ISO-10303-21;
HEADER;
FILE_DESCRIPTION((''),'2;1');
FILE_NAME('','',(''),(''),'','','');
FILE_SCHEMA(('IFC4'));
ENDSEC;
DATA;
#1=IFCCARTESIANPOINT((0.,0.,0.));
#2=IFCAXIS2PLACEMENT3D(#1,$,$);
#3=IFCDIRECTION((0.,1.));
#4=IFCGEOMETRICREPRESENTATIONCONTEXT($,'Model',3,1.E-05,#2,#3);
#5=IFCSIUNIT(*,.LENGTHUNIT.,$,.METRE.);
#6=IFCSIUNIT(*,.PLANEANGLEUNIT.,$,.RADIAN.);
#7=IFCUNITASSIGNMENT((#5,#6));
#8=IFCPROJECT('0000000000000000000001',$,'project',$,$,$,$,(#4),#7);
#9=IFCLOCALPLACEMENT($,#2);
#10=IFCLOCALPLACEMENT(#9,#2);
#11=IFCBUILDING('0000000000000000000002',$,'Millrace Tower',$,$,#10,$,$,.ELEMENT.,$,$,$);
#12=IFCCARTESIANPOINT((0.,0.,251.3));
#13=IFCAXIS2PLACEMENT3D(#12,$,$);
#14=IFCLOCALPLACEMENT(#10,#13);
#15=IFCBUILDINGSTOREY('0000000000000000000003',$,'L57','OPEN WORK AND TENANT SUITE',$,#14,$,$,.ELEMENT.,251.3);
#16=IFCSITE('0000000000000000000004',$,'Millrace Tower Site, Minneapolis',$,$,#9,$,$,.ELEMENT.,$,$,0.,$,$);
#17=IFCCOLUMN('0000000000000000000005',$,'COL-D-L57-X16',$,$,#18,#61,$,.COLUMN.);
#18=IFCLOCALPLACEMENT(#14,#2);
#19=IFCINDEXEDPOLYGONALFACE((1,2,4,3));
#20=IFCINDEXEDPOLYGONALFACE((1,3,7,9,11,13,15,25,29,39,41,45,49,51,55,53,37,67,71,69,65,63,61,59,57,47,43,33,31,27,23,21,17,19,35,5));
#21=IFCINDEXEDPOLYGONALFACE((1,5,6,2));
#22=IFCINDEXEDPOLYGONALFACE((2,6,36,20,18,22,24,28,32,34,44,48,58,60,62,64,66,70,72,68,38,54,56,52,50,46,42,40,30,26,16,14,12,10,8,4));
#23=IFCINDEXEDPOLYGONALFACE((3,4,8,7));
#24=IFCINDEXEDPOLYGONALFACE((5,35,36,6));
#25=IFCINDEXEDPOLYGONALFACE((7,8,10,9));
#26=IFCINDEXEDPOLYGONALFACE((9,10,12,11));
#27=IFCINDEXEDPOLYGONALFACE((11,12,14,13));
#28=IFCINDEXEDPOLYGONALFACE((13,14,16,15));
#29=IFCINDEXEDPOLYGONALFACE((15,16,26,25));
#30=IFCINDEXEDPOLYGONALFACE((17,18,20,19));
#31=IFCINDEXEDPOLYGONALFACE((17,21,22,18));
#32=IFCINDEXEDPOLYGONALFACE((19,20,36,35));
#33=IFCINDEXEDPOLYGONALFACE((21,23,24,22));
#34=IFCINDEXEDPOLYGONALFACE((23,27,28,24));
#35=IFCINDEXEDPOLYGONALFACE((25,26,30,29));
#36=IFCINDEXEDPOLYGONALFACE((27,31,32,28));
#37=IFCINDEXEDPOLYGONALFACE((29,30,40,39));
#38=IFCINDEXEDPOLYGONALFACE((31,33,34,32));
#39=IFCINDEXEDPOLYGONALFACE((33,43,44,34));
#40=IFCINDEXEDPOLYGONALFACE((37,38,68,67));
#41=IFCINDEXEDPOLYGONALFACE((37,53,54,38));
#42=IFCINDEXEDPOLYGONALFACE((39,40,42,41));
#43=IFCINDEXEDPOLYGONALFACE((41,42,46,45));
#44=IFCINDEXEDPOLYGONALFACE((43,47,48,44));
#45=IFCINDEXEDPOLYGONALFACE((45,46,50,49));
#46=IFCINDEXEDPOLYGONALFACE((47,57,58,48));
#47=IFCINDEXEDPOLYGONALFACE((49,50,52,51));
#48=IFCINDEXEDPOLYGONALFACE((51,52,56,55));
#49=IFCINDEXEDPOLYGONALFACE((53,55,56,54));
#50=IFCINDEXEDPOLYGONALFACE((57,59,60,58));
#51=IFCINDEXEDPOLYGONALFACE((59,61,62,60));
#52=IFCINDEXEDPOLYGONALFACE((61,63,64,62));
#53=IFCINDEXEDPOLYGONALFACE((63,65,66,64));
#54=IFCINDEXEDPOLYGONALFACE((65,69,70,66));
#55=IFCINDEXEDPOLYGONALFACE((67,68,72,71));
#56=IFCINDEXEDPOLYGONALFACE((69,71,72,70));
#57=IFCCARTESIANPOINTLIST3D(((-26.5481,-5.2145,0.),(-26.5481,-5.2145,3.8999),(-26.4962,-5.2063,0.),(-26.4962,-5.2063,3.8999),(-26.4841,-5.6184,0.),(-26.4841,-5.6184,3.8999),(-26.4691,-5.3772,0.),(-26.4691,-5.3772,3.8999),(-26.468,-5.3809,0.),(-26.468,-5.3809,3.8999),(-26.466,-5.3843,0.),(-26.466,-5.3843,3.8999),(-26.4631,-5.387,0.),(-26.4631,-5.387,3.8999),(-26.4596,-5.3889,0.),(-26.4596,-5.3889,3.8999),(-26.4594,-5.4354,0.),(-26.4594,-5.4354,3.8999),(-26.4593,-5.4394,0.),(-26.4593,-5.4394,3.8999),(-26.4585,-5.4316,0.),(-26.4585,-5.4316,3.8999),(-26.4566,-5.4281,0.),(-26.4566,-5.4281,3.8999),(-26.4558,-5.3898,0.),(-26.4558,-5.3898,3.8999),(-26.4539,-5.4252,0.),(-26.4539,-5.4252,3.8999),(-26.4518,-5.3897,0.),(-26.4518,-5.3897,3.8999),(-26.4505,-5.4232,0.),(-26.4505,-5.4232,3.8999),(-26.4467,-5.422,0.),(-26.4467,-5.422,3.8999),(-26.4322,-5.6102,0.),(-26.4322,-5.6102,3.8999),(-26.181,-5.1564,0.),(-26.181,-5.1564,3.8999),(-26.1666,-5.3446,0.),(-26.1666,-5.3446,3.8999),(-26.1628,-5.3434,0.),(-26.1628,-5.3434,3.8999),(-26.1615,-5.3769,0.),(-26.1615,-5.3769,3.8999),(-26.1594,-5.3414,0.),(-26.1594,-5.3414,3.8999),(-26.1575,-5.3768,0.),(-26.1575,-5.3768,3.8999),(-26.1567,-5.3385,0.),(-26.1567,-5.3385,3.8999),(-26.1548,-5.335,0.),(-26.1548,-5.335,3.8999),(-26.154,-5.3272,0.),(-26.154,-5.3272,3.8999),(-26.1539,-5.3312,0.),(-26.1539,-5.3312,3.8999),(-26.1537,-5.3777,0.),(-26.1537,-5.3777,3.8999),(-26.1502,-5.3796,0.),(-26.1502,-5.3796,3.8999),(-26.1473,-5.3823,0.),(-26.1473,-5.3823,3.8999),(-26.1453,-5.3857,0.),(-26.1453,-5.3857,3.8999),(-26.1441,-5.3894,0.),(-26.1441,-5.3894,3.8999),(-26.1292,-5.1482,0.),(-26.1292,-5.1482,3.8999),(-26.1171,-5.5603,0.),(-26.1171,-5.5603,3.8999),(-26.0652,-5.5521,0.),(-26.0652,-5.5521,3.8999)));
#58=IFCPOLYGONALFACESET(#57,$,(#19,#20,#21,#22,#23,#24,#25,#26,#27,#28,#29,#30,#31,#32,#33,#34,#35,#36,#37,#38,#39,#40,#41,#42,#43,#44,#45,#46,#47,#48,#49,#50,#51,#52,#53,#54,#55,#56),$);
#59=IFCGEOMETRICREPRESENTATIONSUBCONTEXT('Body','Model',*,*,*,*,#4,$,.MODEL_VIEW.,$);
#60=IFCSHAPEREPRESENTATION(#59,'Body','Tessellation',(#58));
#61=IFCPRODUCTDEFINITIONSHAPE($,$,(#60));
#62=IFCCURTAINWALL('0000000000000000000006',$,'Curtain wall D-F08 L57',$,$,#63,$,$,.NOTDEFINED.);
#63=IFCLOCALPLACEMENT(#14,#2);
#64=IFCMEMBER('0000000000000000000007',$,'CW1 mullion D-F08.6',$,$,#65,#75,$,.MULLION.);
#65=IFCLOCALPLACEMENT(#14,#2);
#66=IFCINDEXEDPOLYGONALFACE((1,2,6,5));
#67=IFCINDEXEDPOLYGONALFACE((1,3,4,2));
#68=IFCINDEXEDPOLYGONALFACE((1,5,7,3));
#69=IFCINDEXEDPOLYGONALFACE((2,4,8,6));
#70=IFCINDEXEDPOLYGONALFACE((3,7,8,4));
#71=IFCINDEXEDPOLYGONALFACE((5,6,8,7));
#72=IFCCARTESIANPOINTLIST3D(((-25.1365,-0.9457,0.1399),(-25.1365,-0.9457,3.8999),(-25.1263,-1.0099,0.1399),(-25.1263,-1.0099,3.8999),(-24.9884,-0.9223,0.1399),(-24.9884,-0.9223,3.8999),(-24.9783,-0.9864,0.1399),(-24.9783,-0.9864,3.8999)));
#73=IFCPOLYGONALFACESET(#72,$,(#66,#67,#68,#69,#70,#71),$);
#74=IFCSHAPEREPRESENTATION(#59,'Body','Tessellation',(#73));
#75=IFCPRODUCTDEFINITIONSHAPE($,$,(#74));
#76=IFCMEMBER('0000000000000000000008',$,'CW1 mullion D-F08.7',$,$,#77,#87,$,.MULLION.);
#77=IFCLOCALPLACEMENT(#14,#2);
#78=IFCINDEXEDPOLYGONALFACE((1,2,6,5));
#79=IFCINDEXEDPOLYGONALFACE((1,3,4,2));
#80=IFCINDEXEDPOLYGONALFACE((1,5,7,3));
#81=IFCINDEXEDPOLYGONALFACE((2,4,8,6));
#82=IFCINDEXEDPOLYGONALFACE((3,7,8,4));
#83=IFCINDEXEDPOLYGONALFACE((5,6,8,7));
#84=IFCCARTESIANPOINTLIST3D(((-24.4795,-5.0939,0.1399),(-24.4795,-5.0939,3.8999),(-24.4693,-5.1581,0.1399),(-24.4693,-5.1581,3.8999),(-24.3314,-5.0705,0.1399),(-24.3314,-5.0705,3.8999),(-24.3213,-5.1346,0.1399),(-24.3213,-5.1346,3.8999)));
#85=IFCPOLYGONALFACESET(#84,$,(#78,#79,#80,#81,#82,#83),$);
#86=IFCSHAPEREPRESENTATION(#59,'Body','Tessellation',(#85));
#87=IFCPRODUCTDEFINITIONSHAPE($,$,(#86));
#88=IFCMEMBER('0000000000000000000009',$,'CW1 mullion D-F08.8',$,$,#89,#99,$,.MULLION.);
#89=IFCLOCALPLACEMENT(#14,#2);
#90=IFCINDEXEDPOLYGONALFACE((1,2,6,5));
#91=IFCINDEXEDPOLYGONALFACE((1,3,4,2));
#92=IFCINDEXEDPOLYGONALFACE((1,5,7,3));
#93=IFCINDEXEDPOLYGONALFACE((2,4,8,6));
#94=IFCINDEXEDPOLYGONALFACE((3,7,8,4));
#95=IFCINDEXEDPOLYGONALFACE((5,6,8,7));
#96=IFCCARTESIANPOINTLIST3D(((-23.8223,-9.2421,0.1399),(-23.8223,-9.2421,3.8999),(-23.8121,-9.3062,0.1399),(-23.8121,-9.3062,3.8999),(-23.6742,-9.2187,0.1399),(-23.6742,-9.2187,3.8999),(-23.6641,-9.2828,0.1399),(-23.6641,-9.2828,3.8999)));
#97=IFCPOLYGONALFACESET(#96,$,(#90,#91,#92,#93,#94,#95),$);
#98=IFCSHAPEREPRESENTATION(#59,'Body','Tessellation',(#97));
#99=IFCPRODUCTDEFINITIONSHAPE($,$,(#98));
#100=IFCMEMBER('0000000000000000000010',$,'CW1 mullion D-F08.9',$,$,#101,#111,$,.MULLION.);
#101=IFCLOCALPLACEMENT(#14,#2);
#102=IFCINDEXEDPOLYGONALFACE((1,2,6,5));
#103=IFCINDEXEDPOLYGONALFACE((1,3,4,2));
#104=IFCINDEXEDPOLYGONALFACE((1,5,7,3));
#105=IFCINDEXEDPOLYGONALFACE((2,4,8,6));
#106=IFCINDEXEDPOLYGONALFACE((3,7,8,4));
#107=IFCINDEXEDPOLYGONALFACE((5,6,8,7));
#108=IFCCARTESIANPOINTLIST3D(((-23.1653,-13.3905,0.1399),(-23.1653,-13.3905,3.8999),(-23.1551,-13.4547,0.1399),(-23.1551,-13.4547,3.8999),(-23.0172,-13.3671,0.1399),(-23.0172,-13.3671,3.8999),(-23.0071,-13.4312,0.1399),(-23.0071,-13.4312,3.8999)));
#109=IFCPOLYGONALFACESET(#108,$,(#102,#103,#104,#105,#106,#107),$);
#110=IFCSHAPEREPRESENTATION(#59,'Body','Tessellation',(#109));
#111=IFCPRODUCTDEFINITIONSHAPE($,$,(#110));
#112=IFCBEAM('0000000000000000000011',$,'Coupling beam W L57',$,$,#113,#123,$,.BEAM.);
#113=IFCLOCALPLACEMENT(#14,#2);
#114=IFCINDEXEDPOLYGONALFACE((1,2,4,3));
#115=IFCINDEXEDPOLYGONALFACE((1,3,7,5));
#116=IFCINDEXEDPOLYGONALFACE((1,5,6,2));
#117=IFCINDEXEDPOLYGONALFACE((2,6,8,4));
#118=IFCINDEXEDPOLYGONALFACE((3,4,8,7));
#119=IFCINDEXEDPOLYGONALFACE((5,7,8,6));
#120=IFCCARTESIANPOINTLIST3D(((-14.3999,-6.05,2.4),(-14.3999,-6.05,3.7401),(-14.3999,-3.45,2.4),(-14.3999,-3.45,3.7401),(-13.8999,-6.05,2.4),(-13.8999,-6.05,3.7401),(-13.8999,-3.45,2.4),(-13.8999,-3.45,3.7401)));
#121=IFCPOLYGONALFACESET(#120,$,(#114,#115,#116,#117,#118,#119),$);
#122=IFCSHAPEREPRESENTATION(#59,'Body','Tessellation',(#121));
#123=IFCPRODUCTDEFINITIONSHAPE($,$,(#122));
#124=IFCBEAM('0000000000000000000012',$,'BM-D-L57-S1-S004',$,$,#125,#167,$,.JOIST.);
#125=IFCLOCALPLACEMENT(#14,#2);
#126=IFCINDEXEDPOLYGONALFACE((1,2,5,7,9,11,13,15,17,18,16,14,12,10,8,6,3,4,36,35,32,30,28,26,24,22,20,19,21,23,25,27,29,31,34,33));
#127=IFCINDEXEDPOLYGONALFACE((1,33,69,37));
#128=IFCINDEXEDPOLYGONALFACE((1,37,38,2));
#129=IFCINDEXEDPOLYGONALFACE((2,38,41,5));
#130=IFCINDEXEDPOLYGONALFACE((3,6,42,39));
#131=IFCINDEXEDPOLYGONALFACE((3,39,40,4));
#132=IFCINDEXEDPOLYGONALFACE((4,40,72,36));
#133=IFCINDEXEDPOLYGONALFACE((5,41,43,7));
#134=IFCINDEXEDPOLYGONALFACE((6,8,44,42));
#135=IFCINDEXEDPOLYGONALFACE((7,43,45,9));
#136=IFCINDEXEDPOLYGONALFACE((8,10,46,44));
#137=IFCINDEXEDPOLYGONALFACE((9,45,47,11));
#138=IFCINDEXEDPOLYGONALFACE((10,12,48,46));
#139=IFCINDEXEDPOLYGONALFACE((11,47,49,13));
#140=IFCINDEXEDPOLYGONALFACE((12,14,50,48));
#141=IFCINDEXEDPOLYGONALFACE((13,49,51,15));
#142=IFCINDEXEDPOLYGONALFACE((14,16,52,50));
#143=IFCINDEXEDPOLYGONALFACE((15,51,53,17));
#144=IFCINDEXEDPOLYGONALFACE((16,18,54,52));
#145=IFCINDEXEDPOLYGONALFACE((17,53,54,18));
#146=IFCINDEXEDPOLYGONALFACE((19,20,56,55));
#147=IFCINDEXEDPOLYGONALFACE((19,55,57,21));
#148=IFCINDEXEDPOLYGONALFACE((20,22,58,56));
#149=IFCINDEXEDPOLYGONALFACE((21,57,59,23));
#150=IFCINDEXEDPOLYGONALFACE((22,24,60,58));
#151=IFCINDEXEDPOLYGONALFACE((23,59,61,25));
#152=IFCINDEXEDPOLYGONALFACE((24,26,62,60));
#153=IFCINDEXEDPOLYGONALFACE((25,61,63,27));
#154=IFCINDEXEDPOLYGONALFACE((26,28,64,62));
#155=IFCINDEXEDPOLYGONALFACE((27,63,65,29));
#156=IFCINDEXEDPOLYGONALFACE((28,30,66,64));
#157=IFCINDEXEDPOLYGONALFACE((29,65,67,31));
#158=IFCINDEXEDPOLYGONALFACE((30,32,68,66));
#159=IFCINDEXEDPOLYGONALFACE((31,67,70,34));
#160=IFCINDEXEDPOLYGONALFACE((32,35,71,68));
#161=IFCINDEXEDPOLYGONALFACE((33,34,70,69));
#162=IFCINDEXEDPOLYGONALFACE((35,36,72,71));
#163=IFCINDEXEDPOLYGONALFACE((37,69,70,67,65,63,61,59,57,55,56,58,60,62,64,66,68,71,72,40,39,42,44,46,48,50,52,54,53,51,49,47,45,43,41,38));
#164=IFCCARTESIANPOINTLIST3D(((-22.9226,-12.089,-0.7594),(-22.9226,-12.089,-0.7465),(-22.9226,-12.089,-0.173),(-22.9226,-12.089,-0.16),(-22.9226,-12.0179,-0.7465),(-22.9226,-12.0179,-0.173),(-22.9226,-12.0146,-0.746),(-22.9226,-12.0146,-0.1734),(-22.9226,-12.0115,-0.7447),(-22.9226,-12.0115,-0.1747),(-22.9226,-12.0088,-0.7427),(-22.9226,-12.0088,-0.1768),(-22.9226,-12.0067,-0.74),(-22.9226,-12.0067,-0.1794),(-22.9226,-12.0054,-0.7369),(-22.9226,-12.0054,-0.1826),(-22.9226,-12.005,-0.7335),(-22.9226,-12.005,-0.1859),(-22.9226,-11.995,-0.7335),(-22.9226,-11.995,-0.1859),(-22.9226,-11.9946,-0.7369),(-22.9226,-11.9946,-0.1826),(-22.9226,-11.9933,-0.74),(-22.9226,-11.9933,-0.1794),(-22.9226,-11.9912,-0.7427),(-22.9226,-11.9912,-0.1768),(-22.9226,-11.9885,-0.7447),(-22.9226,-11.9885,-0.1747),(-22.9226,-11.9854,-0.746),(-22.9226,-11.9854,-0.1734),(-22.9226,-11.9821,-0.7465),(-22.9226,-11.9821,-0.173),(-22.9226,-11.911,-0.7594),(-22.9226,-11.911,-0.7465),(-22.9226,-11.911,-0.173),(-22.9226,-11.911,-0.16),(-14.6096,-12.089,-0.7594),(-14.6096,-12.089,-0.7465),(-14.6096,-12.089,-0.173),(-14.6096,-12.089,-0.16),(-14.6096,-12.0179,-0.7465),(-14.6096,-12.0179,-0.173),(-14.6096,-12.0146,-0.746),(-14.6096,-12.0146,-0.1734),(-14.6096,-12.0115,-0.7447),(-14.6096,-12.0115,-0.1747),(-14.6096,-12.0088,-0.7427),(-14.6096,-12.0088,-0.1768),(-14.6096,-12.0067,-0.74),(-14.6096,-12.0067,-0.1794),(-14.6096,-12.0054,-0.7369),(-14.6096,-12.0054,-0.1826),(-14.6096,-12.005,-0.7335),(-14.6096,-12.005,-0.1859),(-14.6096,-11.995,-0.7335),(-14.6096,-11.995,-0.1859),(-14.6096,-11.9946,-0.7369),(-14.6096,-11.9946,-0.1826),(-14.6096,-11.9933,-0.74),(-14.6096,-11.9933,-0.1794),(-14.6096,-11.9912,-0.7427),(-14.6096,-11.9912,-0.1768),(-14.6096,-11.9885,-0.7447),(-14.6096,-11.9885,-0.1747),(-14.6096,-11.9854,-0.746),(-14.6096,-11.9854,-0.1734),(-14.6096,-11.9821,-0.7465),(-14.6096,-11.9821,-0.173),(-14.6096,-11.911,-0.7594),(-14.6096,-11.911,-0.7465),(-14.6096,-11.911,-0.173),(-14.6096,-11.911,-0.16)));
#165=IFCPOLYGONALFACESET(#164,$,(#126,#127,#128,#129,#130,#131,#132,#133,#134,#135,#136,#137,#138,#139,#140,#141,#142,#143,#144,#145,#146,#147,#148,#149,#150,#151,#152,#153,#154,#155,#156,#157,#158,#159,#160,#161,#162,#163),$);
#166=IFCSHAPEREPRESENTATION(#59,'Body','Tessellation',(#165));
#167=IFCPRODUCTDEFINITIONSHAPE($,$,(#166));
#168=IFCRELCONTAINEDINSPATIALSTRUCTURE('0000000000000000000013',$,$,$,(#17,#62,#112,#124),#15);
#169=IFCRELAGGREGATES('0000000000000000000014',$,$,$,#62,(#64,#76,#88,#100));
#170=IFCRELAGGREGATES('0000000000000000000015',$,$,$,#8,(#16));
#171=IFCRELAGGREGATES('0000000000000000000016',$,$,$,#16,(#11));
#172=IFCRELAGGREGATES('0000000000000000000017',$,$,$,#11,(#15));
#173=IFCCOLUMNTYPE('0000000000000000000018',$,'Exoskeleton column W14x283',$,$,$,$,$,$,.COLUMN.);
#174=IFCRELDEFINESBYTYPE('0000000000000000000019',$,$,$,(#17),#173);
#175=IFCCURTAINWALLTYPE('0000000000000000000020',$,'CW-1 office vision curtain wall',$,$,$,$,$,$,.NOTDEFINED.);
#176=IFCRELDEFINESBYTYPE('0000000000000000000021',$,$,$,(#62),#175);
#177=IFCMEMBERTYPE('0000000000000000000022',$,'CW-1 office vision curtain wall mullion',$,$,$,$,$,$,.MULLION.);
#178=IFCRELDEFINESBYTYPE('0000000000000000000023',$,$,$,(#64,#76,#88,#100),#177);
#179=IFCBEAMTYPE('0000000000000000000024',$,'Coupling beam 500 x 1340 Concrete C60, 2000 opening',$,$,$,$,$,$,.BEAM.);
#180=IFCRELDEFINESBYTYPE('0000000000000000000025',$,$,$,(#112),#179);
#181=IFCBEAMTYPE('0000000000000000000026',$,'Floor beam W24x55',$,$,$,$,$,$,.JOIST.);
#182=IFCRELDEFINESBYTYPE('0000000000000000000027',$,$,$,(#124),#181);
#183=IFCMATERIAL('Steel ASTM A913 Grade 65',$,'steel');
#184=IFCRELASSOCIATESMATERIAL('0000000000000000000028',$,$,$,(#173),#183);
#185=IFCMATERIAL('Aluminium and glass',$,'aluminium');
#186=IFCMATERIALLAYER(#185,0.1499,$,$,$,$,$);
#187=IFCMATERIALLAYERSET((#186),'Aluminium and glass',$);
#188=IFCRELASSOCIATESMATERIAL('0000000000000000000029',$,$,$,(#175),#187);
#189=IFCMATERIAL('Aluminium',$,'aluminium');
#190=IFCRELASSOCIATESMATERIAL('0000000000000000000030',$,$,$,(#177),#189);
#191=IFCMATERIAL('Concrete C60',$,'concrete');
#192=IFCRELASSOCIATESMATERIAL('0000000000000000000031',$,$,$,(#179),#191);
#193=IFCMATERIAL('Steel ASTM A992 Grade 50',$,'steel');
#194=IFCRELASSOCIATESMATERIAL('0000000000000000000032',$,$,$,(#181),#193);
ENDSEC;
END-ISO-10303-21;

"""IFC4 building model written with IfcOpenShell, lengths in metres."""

from ifc_helpers import new_model, si_unit, direction, frame, origin, origin_2d, place, context, subcontext, project, spatial, rectangle, i_section, extrude, material, layer, layer_set, material_profile, profile_set, type_object, element, aggregate, save


model = new_model("IFC4")

# Units and contexts
model_context = context("Model", 3, precision=1e-05, world=origin(), true_north=direction((0.0, 1.0)))
body_context = subcontext(model_context, "Body", "Model", "MODEL_VIEW")
ifc_project = project(units=[si_unit("LENGTHUNIT", "METRE"), si_unit("PLANEANGLEUNIT", "RADIAN")], contexts=[model_context])

# Site, building, storey
site_placement = place(None, origin())
site = spatial("IfcSite", under=ifc_project, at=site_placement, Name="Millrace Tower Site, Minneapolis", CompositionType="ELEMENT", RefElevation=0.0)
building_placement = place(site_placement, origin())
building = spatial("IfcBuilding", under=site, at=building_placement, Name="Millrace Tower", CompositionType="ELEMENT")
storey_placement = place(building_placement, frame((0.0, 0.0, 251.3)))
storey = spatial("IfcBuildingStorey", under=building, at=storey_placement, Name="L57", Description="OPEN WORK AND TENANT SUITE", CompositionType="ELEMENT", Elevation=251.3)

# Column
ifc_material_1 = material(Name="Steel ASTM A913 Grade 65", Category="steel")
ifc_material_profile_1 = material_profile(ifc_material_1, i_section(OverallWidth=0.4089, OverallDepth=0.4241, WebThickness=0.0327, FlangeThickness=0.0525, FilletRadius=0.0151, at=origin_2d()))
ifc_profile_set_1 = profile_set([ifc_material_profile_1], Name="Steel ASTM A913 Grade 65")
column_type = type_object("IfcColumnType", Name="Exoskeleton column W14x283", PredefinedType="COLUMN", material=ifc_profile_set_1)
column_placement = place(storey_placement, frame((-26.3066, -5.3833, 0.0), z_axis=(0.0, 0.0, 1.0), x_axis=(0.156434, -0.987688, 0.0)))
element("IfcColumn", 1, at=column_placement, inside=storey, type_object=column_type, Name="COL-D-L57-X16", PredefinedType="COLUMN", context=body_context, shape_type="SweptSolid", body=[
    extrude(i_section(OverallWidth=0.4089, OverallDepth=0.4241, WebThickness=0.0327, FlangeThickness=0.0525, FilletRadius=0.0151, at=origin_2d()), origin(), (0.0, 0.0, 1.0), 3.8999),
])

# Curtain wall, members
ifc_material_2 = material(Name="Aluminium and glass", Category="aluminium")
ifc_layer_1 = layer(ifc_material_2, 0.1499)
ifc_layer_set_1 = layer_set([ifc_layer_1], Name="Aluminium and glass")
curtain_wall_type = type_object("IfcCurtainWallType", Name="CW-1 office vision curtain wall", PredefinedType="NOTDEFINED", material=ifc_layer_set_1)
curtain_wall_placement = place(storey_placement, origin())
curtain_wall = element("IfcCurtainWall", 2, at=curtain_wall_placement, inside=storey, type_object=curtain_wall_type, Name="Curtain wall D-F08 L57", PredefinedType="NOTDEFINED")
ifc_material_3 = material(Name="Aluminium", Category="aluminium")
ifc_material_profile_2 = material_profile(ifc_material_3, rectangle(XDim=0.0649, YDim=0.1499, at=origin_2d()))
ifc_profile_set_2 = profile_set([ifc_material_profile_2], Name="Aluminium")
member_type = type_object("IfcMemberType", Name="CW-1 office vision curtain wall mullion", PredefinedType="MULLION", material=ifc_profile_set_2)
member_1_placement = place(storey_placement, frame((-25.0574, -0.9661, 0.1399), z_axis=(0.0, 0.0, 1.0), x_axis=(0.156434, -0.987688, 0.0)))
member_1 = element("IfcMember", 3, at=member_1_placement, type_object=member_type, Name="CW1 mullion D-F08.6", PredefinedType="MULLION", context=body_context, shape_type="SweptSolid", body=[
    extrude(rectangle(XDim=0.0649, YDim=0.1499, at=origin_2d()), origin(), (0.0, 0.0, 1.0), 3.76),
])
member_2_placement = place(storey_placement, frame((-24.4004, -5.1143, 0.1399), z_axis=(0.0, 0.0, 1.0), x_axis=(0.156434, -0.987688, 0.0)))
member_2 = element("IfcMember", 4, at=member_2_placement, type_object=member_type, Name="CW1 mullion D-F08.7", PredefinedType="MULLION", context=body_context, shape_type="SweptSolid", body=[
    extrude(rectangle(XDim=0.0649, YDim=0.1499, at=origin_2d()), origin(), (0.0, 0.0, 1.0), 3.76),
])
member_3_placement = place(storey_placement, frame((-23.7432, -9.2625, 0.1399), z_axis=(0.0, 0.0, 1.0), x_axis=(0.156434, -0.987688, 0.0)))
member_3 = element("IfcMember", 5, at=member_3_placement, type_object=member_type, Name="CW1 mullion D-F08.8", PredefinedType="MULLION", context=body_context, shape_type="SweptSolid", body=[
    extrude(rectangle(XDim=0.0649, YDim=0.1499, at=origin_2d()), origin(), (0.0, 0.0, 1.0), 3.76),
])
member_4_placement = place(storey_placement, frame((-23.0862, -13.4109, 0.1399), z_axis=(0.0, 0.0, 1.0), x_axis=(0.156434, -0.987688, 0.0)))
member_4 = element("IfcMember", 6, at=member_4_placement, type_object=member_type, Name="CW1 mullion D-F08.9", PredefinedType="MULLION", context=body_context, shape_type="SweptSolid", body=[
    extrude(rectangle(XDim=0.0649, YDim=0.1499, at=origin_2d()), origin(), (0.0, 0.0, 1.0), 3.76),
])
aggregate(curtain_wall, [member_1, member_2, member_3, member_4])

# Beams
ifc_material_4 = material(Name="Concrete C60", Category="concrete")
ifc_material_profile_3 = material_profile(ifc_material_4, rectangle(XDim=0.5, YDim=1.3401, at=origin_2d()))
ifc_profile_set_3 = profile_set([ifc_material_profile_3], Name="Concrete C60")
beam_type_1 = type_object("IfcBeamType", Name="Coupling beam 500 x 1340 Concrete C60, 2000 opening", PredefinedType="BEAM", material=ifc_profile_set_3)
beam_1_placement = place(storey_placement, frame((-14.1499, -6.05, 3.0701), z_axis=(0.0, 1.0, 0.0), x_axis=(-1.0, 0.0, 0.0)))
element("IfcBeam", 7, at=beam_1_placement, inside=storey, type_object=beam_type_1, Name="Coupling beam W L57", PredefinedType="BEAM", context=body_context, shape_type="SweptSolid", body=[
    extrude(rectangle(XDim=0.5, YDim=1.3401, at=origin_2d()), origin(), (0.0, 0.0, 1.0), 2.6001),
])
ifc_material_5 = material(Name="Steel ASTM A992 Grade 50", Category="steel")
ifc_material_profile_4 = material_profile(ifc_material_5, i_section(OverallWidth=0.178, OverallDepth=0.5994, WebThickness=0.01, FlangeThickness=0.0129, FilletRadius=0.0129, at=origin_2d()))
ifc_profile_set_4 = profile_set([ifc_material_profile_4], Name="Steel ASTM A992 Grade 50")
beam_type_2 = type_object("IfcBeamType", Name="Floor beam W24x55", PredefinedType="JOIST", material=ifc_profile_set_4)
beam_2_placement = place(storey_placement, frame((-22.9226, -12.0, -0.4597), z_axis=(1.0, 0.0, 0.0), x_axis=(0.0, 1.0, 0.0)))
element("IfcBeam", 8, at=beam_2_placement, inside=storey, type_object=beam_type_2, Name="BM-D-L57-S1-S004", PredefinedType="JOIST", context=body_context, shape_type="SweptSolid", body=[
    extrude(i_section(OverallWidth=0.178, OverallDepth=0.5994, WebThickness=0.01, FlangeThickness=0.0129, FilletRadius=0.0129, at=origin_2d()), origin(), (0.0, 0.0, 1.0), 8.313),
])

save(model, "model.ifc")
